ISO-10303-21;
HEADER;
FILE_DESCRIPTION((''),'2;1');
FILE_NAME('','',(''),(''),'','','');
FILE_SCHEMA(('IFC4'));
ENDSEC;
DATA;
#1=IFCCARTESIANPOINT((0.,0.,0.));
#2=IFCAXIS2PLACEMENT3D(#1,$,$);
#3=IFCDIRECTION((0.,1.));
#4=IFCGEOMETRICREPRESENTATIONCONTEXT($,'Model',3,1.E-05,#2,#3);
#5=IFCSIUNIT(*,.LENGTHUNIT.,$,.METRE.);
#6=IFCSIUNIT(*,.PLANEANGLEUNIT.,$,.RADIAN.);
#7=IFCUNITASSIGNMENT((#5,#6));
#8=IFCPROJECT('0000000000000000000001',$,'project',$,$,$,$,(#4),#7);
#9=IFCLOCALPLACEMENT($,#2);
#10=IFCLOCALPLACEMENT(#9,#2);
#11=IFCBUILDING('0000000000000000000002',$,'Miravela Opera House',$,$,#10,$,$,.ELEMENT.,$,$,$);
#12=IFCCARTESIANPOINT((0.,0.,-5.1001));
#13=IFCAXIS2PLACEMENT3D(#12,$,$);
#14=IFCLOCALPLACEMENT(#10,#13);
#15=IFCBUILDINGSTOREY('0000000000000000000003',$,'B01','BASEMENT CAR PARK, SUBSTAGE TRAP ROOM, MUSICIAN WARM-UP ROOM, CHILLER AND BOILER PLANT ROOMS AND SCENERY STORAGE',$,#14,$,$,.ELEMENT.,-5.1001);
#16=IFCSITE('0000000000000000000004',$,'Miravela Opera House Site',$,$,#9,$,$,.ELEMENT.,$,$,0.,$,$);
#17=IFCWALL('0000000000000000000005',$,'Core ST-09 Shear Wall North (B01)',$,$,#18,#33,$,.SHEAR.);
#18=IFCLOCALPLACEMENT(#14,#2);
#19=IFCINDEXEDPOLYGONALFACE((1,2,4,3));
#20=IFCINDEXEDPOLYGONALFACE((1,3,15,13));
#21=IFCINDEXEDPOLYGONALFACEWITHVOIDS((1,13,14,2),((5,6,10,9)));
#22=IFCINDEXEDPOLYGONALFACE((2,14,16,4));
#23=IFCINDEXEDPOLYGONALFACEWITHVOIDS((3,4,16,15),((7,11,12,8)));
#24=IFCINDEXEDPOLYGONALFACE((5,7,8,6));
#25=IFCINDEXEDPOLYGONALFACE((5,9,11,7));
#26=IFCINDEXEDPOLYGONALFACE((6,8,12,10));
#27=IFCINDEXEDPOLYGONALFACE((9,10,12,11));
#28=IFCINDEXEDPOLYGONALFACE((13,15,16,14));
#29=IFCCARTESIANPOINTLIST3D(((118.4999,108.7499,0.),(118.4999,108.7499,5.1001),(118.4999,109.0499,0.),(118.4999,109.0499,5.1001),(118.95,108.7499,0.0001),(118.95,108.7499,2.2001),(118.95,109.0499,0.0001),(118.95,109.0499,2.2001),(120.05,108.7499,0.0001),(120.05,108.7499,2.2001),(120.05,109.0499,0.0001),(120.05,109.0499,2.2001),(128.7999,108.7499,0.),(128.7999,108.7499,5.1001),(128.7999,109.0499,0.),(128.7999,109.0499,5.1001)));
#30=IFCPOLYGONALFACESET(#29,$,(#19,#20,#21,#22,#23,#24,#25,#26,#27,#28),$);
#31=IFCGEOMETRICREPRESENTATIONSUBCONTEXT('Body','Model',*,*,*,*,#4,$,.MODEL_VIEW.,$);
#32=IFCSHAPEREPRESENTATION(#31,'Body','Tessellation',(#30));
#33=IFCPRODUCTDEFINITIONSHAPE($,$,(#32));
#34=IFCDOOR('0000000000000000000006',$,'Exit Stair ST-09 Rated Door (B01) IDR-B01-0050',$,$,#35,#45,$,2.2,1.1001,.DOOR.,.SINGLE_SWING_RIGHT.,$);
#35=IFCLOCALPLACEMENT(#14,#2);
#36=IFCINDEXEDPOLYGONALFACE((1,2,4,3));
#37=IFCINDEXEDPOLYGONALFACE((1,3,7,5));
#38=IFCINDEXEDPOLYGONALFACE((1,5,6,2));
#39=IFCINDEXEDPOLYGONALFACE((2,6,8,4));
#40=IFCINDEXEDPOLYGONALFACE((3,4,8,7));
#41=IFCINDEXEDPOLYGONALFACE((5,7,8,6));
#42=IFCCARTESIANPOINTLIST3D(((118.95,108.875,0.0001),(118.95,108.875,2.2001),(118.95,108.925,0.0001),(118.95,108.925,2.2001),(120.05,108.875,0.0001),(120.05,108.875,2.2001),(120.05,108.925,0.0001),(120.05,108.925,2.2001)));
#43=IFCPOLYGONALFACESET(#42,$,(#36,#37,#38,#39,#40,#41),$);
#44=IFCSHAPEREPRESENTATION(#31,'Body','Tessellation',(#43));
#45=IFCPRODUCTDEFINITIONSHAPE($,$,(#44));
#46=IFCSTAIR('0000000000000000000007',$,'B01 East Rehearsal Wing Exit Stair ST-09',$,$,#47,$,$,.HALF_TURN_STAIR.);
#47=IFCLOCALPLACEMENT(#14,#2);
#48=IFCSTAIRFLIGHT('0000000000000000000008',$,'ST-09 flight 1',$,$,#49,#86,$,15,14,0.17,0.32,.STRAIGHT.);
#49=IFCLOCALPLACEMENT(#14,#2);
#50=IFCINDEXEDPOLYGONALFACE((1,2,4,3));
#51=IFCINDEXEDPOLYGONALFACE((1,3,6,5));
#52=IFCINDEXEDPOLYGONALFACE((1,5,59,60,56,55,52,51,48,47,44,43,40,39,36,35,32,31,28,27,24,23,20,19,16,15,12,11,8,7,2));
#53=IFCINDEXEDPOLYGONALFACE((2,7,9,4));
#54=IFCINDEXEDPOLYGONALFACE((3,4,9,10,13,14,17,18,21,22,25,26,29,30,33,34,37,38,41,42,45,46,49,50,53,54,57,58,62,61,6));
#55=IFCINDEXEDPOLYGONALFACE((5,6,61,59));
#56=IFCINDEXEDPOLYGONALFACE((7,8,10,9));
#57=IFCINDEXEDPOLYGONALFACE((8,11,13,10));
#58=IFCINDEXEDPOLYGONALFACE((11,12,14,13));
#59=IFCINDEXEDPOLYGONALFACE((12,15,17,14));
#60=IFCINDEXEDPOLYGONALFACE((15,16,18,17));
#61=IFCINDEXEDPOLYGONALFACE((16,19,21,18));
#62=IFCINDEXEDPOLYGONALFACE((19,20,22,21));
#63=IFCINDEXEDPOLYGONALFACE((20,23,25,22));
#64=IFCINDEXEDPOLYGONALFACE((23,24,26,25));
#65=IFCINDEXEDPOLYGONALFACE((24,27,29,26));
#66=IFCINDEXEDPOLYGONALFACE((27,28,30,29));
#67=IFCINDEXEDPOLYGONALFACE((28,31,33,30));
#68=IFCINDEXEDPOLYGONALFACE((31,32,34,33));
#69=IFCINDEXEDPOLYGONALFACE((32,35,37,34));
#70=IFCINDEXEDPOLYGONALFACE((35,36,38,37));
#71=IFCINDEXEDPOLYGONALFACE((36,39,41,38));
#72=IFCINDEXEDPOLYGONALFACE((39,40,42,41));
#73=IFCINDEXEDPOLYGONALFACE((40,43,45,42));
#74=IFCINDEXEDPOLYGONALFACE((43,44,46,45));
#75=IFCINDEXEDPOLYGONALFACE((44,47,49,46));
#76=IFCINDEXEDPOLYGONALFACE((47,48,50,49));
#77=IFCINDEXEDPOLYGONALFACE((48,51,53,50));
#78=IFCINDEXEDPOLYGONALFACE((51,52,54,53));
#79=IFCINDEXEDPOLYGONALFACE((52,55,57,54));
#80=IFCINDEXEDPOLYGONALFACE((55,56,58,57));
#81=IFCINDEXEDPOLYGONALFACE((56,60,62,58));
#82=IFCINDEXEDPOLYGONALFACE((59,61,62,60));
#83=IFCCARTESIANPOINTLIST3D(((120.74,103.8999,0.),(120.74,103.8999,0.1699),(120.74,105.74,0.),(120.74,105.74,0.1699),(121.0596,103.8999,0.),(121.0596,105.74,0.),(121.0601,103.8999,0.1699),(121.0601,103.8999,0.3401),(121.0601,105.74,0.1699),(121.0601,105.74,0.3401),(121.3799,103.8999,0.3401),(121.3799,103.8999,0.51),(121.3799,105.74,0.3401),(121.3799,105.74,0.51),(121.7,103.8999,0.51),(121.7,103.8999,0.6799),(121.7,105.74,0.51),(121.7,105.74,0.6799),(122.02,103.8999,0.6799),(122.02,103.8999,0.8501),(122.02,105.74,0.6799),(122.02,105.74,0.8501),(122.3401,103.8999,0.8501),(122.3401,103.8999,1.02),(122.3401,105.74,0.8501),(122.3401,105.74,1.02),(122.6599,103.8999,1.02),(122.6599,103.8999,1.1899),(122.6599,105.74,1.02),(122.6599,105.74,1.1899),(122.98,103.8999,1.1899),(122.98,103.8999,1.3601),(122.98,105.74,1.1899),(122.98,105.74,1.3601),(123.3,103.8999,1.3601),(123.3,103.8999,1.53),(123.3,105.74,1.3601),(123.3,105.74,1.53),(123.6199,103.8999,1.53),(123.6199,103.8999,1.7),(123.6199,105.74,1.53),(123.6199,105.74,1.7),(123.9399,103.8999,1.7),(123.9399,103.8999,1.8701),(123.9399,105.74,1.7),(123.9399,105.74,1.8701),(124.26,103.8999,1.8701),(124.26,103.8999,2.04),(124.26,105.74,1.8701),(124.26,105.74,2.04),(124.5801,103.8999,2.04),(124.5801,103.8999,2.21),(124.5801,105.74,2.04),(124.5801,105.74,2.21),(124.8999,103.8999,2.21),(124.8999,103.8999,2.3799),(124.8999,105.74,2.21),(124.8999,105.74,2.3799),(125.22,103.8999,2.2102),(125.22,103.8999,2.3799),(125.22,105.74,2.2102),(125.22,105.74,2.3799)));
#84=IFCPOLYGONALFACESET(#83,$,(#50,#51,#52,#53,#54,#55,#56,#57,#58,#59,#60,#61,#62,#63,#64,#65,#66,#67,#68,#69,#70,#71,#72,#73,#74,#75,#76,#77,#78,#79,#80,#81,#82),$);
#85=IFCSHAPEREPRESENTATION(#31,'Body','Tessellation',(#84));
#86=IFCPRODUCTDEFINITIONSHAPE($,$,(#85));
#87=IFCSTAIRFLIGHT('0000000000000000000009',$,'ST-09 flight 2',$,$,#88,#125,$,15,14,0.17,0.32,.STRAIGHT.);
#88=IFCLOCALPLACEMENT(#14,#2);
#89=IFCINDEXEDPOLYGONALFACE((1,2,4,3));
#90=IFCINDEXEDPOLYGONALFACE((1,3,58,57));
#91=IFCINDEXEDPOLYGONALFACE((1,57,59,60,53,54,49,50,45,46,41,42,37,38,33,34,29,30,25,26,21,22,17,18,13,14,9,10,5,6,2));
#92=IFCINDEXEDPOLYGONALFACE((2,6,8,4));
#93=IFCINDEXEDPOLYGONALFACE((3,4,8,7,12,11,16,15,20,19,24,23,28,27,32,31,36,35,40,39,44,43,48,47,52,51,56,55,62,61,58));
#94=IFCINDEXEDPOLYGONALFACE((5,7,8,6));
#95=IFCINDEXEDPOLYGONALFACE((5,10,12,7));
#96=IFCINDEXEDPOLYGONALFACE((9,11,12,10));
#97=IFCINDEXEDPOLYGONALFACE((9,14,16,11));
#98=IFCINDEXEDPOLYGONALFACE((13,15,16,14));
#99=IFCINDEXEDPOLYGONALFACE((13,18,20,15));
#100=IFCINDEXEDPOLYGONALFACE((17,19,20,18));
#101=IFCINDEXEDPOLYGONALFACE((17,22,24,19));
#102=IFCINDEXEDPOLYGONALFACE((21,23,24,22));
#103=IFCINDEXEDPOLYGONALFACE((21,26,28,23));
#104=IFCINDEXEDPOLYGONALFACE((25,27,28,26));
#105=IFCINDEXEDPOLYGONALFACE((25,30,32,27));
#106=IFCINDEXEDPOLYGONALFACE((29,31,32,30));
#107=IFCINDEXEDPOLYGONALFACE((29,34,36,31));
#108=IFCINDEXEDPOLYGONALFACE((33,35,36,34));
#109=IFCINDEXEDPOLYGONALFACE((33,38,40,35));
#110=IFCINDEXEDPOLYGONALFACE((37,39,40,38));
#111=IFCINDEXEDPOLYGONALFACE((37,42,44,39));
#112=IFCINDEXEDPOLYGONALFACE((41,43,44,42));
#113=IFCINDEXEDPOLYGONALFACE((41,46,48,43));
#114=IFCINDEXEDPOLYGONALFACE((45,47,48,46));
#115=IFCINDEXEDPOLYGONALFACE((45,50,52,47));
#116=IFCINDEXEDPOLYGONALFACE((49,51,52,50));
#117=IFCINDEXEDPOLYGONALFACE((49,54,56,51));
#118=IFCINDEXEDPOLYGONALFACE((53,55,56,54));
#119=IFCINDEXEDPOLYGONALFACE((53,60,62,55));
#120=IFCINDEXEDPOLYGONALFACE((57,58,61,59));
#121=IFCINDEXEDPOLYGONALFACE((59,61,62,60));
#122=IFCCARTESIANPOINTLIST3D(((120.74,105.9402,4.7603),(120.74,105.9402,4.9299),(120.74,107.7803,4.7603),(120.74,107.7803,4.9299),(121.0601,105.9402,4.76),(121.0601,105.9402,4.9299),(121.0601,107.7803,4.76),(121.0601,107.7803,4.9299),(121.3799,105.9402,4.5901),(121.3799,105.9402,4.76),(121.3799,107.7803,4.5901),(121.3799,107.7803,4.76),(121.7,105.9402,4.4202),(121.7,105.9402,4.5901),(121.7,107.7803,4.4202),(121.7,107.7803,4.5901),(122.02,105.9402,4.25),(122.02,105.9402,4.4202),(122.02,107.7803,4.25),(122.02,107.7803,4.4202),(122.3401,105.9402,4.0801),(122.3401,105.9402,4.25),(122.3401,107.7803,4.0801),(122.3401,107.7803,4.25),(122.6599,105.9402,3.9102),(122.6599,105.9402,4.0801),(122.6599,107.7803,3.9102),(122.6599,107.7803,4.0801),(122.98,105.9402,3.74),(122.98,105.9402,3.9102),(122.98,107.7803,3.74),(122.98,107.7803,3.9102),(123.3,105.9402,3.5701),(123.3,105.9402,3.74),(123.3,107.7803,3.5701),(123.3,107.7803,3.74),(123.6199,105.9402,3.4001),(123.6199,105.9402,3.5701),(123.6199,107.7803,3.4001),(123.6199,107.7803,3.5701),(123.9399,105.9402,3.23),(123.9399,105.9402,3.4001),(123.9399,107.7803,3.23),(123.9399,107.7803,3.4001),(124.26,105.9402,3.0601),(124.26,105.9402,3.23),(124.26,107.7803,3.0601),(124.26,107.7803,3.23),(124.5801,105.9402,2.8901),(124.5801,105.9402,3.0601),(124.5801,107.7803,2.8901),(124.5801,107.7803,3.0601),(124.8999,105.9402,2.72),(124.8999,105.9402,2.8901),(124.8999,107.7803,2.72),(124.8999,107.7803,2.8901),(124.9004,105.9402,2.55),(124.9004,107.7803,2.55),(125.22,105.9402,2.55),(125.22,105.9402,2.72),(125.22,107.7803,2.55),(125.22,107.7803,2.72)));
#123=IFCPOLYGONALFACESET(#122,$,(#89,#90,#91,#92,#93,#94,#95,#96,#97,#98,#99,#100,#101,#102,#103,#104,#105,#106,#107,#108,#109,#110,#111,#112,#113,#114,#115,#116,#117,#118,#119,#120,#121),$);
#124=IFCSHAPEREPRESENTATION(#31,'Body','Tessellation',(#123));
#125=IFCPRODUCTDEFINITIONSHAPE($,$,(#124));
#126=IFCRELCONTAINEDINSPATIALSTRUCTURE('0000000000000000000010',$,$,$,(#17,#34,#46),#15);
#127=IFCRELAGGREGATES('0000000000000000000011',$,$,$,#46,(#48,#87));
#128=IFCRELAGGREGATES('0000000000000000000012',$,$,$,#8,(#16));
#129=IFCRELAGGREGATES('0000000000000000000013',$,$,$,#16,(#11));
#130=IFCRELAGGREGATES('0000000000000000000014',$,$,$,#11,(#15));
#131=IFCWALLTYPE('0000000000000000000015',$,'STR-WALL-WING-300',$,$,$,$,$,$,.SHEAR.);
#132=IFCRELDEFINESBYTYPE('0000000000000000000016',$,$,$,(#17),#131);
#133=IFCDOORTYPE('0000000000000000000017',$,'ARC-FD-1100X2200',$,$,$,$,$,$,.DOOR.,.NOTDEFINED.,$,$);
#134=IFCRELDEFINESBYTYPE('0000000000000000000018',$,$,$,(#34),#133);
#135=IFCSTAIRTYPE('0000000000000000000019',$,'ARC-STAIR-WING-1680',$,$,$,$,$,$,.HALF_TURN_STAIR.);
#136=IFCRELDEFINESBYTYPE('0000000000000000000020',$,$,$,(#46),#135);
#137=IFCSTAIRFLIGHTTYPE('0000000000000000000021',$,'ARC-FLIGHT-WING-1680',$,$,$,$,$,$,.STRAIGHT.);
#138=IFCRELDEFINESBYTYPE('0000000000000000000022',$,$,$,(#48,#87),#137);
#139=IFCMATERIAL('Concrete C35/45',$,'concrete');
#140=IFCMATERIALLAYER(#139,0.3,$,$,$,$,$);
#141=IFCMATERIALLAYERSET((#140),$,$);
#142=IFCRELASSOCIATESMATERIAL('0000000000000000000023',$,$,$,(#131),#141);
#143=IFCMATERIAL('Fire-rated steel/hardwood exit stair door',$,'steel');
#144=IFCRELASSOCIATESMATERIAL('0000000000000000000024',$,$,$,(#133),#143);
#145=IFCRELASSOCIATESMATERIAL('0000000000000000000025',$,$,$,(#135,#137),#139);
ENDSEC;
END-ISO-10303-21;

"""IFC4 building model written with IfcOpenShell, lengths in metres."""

from ifc_helpers import new_model, si_unit, direction, frame, frame_2d, origin, place, context, subcontext, project, spatial, polyline, rectangle, outline, extrude, material, layer, layer_set, type_object, element, fill, aggregate, save


model = new_model("IFC4")

# Units and contexts
model_context = context("Model", 3, precision=1e-05, world=origin(), true_north=direction((0.0, 1.0)))
body_context = subcontext(model_context, "Body", "Model", "MODEL_VIEW")
ifc_project = project(units=[si_unit("LENGTHUNIT", "METRE"), si_unit("PLANEANGLEUNIT", "RADIAN")], contexts=[model_context])

# Site, building, storey
site_placement = place(None, origin())
site = spatial("IfcSite", under=ifc_project, at=site_placement, Name="Miravela Opera House Site", CompositionType="ELEMENT", RefElevation=0.0)
building_placement = place(site_placement, origin())
building = spatial("IfcBuilding", under=site, at=building_placement, Name="Miravela Opera House", CompositionType="ELEMENT")
storey_placement = place(building_placement, frame((0.0, 0.0, -5.1001)))
storey = spatial("IfcBuildingStorey", under=building, at=storey_placement, Name="B01", Description="BASEMENT CAR PARK, SUBSTAGE TRAP ROOM, MUSICIAN WARM-UP ROOM, CHILLER AND BOILER PLANT ROOMS AND SCENERY STORAGE", CompositionType="ELEMENT", Elevation=-5.1001)

# Shared definitions
ifc_material_1 = material(Name="Concrete C35/45", Category="concrete")

# Wall, opening, door
ifc_layer = layer(ifc_material_1, 0.3)
ifc_layer_set = layer_set([ifc_layer])
wall_type = type_object("IfcWallType", Name="STR-WALL-WING-300", PredefinedType="SHEAR", material=ifc_layer_set)
wall_placement = place(storey_placement, frame((118.5, 108.8999, 0.0), z_axis=(0.0, 0.0, 1.0), x_axis=(1.0, 0.0, 0.0)))
wall = element("IfcWall", 1, at=wall_placement, inside=storey, type_object=wall_type, Name="Core ST-09 Shear Wall North (B01)", PredefinedType="SHEAR", context=body_context, shape_type="SweptSolid", body=[
    extrude(rectangle(XDim=10.3, YDim=0.3, at=frame_2d((5.1499, 0.0))), origin(), (0.0, 0.0, 1.0), 5.1001),
])
opening_placement = place(wall_placement, frame((0.45, 0.0, 0.0)))
opening = element("IfcOpeningElement", 2, at=opening_placement, cuts=wall, PredefinedType="OPENING", context=body_context, shape_type="SweptSolid", body=[
    extrude(rectangle(XDim=1.1001, YDim=2.2, at=frame_2d((0.55, 1.1001))), frame((0.0, 0.1599, 0.0), z_axis=(0.0, -1.0, 0.0), x_axis=(1.0, 0.0, 0.0)), (0.0, 0.0, 1.0), 0.3201),
])
ifc_material_2 = material(Name="Fire-rated steel/hardwood exit stair door", Category="steel")
door_type = type_object("IfcDoorType", Name="ARC-FD-1100X2200", OperationType="NOTDEFINED", PredefinedType="DOOR", material=ifc_material_2)
door_placement = place(opening_placement, frame((1.1001, 0.0, 0.0), z_axis=(0.0, 0.0, 1.0), x_axis=(-1.0, 0.0, 0.0)))
door = element("IfcDoor", 3, at=door_placement, inside=storey, type_object=door_type, Name="Exit Stair ST-09 Rated Door (B01) IDR-B01-0050", OperationType="SINGLE_SWING_RIGHT", OverallHeight=2.2, OverallWidth=1.1001, PredefinedType="DOOR", context=body_context, shape_type="SweptSolid", body=[
    extrude(rectangle(XDim=1.1001, YDim=2.2, at=frame_2d((0.55, 1.1001))), frame((0.0, 0.0249, 0.0), z_axis=(0.0, -1.0, 0.0), x_axis=(1.0, 0.0, 0.0)), (0.0, 0.0, 1.0), 0.05),
])
fill(opening, door)

# Stair, stair flights
stair_type = type_object("IfcStairType", Name="ARC-STAIR-WING-1680", PredefinedType="HALF_TURN_STAIR", material=ifc_material_1)
stair_placement = place(storey_placement, origin())
stair = element("IfcStair", 4, at=stair_placement, inside=storey, type_object=stair_type, Name="B01 East Rehearsal Wing Exit Stair ST-09", PredefinedType="HALF_TURN_STAIR")
stair_flight_type = type_object("IfcStairFlightType", Name="ARC-FLIGHT-WING-1680", PredefinedType="STRAIGHT", material=ifc_material_1)
stair_flight_1_placement = place(storey_placement, frame((120.74, 104.8201, 0.0), z_axis=(0.0, 0.0, 1.0), x_axis=(1.0, 0.0, 0.0)))
stair_flight_1 = element("IfcStairFlight", 5, at=stair_flight_1_placement, type_object=stair_flight_type, Name="ST-09 flight 1", NumberOfRisers=15, NumberOfTreads=14, PredefinedType="STRAIGHT", RiserHeight=0.17, TreadLength=0.32, context=body_context, shape_type="SweptSolid", body=[
    extrude(outline(polyline([(0.0, 0.0), (0.0, 0.1699), (0.3201, 0.1699), (0.3201, 0.3401), (0.6399, 0.3401), (0.6399, 0.51), (0.96, 0.51), (0.96, 0.6799), (1.28, 0.6799), (1.28, 0.8501), (1.6001, 0.8501), (1.6001, 1.02), (1.9199, 1.02), (1.9199, 1.1899), (2.24, 1.1899), (2.24, 1.3601), (2.5601, 1.3601), (2.5601, 1.53), (2.8799, 1.53), (2.8799, 1.7), (3.2, 1.7), (3.2, 1.8701), (3.52, 1.8701), (3.52, 2.04), (3.8401, 2.04), (3.8401, 2.21), (4.1599, 2.21), (4.1599, 2.3799), (4.48, 2.3799), (4.48, 2.55), (4.48, 2.2102), (0.3196, 0.0), (0.0, 0.0)])), frame((0.0, 0.9199, 0.0), z_axis=(0.0, -1.0, 0.0), x_axis=(1.0, 0.0, 0.0)), (0.0, 0.0, 1.0), 1.8401),
])
stair_flight_2_placement = place(storey_placement, frame((125.22, 106.8601, 2.55), z_axis=(0.0, 0.0, 1.0), x_axis=(-1.0, 0.0, 0.0)))
stair_flight_2 = element("IfcStairFlight", 6, at=stair_flight_2_placement, type_object=stair_flight_type, Name="ST-09 flight 2", NumberOfRisers=15, NumberOfTreads=14, PredefinedType="STRAIGHT", RiserHeight=0.17, TreadLength=0.32, context=body_context, shape_type="SweptSolid", body=[
    extrude(outline(polyline([(0.0, 0.0), (0.0, 0.1699), (0.3201, 0.1699), (0.3201, 0.3401), (0.6399, 0.3401), (0.6399, 0.51), (0.96, 0.51), (0.96, 0.6799), (1.28, 0.6799), (1.28, 0.8501), (1.6001, 0.8501), (1.6001, 1.02), (1.9199, 1.02), (1.9199, 1.1899), (2.24, 1.1899), (2.24, 1.3601), (2.5601, 1.3601), (2.5601, 1.53), (2.8799, 1.53), (2.8799, 1.7), (3.2, 1.7), (3.2, 1.8701), (3.52, 1.8701), (3.52, 2.04), (3.8401, 2.04), (3.8401, 2.21), (4.1599, 2.21), (4.1599, 2.3799), (4.48, 2.3799), (4.48, 2.55), (4.48, 2.2102), (0.3196, 0.0), (0.0, 0.0)])), frame((0.0, 0.9199, 0.0), z_axis=(0.0, -1.0, 0.0), x_axis=(1.0, 0.0, 0.0)), (0.0, 0.0, 1.0), 1.8401),
])
aggregate(stair, [stair_flight_1, stair_flight_2])

save(model, "model.ifc")
